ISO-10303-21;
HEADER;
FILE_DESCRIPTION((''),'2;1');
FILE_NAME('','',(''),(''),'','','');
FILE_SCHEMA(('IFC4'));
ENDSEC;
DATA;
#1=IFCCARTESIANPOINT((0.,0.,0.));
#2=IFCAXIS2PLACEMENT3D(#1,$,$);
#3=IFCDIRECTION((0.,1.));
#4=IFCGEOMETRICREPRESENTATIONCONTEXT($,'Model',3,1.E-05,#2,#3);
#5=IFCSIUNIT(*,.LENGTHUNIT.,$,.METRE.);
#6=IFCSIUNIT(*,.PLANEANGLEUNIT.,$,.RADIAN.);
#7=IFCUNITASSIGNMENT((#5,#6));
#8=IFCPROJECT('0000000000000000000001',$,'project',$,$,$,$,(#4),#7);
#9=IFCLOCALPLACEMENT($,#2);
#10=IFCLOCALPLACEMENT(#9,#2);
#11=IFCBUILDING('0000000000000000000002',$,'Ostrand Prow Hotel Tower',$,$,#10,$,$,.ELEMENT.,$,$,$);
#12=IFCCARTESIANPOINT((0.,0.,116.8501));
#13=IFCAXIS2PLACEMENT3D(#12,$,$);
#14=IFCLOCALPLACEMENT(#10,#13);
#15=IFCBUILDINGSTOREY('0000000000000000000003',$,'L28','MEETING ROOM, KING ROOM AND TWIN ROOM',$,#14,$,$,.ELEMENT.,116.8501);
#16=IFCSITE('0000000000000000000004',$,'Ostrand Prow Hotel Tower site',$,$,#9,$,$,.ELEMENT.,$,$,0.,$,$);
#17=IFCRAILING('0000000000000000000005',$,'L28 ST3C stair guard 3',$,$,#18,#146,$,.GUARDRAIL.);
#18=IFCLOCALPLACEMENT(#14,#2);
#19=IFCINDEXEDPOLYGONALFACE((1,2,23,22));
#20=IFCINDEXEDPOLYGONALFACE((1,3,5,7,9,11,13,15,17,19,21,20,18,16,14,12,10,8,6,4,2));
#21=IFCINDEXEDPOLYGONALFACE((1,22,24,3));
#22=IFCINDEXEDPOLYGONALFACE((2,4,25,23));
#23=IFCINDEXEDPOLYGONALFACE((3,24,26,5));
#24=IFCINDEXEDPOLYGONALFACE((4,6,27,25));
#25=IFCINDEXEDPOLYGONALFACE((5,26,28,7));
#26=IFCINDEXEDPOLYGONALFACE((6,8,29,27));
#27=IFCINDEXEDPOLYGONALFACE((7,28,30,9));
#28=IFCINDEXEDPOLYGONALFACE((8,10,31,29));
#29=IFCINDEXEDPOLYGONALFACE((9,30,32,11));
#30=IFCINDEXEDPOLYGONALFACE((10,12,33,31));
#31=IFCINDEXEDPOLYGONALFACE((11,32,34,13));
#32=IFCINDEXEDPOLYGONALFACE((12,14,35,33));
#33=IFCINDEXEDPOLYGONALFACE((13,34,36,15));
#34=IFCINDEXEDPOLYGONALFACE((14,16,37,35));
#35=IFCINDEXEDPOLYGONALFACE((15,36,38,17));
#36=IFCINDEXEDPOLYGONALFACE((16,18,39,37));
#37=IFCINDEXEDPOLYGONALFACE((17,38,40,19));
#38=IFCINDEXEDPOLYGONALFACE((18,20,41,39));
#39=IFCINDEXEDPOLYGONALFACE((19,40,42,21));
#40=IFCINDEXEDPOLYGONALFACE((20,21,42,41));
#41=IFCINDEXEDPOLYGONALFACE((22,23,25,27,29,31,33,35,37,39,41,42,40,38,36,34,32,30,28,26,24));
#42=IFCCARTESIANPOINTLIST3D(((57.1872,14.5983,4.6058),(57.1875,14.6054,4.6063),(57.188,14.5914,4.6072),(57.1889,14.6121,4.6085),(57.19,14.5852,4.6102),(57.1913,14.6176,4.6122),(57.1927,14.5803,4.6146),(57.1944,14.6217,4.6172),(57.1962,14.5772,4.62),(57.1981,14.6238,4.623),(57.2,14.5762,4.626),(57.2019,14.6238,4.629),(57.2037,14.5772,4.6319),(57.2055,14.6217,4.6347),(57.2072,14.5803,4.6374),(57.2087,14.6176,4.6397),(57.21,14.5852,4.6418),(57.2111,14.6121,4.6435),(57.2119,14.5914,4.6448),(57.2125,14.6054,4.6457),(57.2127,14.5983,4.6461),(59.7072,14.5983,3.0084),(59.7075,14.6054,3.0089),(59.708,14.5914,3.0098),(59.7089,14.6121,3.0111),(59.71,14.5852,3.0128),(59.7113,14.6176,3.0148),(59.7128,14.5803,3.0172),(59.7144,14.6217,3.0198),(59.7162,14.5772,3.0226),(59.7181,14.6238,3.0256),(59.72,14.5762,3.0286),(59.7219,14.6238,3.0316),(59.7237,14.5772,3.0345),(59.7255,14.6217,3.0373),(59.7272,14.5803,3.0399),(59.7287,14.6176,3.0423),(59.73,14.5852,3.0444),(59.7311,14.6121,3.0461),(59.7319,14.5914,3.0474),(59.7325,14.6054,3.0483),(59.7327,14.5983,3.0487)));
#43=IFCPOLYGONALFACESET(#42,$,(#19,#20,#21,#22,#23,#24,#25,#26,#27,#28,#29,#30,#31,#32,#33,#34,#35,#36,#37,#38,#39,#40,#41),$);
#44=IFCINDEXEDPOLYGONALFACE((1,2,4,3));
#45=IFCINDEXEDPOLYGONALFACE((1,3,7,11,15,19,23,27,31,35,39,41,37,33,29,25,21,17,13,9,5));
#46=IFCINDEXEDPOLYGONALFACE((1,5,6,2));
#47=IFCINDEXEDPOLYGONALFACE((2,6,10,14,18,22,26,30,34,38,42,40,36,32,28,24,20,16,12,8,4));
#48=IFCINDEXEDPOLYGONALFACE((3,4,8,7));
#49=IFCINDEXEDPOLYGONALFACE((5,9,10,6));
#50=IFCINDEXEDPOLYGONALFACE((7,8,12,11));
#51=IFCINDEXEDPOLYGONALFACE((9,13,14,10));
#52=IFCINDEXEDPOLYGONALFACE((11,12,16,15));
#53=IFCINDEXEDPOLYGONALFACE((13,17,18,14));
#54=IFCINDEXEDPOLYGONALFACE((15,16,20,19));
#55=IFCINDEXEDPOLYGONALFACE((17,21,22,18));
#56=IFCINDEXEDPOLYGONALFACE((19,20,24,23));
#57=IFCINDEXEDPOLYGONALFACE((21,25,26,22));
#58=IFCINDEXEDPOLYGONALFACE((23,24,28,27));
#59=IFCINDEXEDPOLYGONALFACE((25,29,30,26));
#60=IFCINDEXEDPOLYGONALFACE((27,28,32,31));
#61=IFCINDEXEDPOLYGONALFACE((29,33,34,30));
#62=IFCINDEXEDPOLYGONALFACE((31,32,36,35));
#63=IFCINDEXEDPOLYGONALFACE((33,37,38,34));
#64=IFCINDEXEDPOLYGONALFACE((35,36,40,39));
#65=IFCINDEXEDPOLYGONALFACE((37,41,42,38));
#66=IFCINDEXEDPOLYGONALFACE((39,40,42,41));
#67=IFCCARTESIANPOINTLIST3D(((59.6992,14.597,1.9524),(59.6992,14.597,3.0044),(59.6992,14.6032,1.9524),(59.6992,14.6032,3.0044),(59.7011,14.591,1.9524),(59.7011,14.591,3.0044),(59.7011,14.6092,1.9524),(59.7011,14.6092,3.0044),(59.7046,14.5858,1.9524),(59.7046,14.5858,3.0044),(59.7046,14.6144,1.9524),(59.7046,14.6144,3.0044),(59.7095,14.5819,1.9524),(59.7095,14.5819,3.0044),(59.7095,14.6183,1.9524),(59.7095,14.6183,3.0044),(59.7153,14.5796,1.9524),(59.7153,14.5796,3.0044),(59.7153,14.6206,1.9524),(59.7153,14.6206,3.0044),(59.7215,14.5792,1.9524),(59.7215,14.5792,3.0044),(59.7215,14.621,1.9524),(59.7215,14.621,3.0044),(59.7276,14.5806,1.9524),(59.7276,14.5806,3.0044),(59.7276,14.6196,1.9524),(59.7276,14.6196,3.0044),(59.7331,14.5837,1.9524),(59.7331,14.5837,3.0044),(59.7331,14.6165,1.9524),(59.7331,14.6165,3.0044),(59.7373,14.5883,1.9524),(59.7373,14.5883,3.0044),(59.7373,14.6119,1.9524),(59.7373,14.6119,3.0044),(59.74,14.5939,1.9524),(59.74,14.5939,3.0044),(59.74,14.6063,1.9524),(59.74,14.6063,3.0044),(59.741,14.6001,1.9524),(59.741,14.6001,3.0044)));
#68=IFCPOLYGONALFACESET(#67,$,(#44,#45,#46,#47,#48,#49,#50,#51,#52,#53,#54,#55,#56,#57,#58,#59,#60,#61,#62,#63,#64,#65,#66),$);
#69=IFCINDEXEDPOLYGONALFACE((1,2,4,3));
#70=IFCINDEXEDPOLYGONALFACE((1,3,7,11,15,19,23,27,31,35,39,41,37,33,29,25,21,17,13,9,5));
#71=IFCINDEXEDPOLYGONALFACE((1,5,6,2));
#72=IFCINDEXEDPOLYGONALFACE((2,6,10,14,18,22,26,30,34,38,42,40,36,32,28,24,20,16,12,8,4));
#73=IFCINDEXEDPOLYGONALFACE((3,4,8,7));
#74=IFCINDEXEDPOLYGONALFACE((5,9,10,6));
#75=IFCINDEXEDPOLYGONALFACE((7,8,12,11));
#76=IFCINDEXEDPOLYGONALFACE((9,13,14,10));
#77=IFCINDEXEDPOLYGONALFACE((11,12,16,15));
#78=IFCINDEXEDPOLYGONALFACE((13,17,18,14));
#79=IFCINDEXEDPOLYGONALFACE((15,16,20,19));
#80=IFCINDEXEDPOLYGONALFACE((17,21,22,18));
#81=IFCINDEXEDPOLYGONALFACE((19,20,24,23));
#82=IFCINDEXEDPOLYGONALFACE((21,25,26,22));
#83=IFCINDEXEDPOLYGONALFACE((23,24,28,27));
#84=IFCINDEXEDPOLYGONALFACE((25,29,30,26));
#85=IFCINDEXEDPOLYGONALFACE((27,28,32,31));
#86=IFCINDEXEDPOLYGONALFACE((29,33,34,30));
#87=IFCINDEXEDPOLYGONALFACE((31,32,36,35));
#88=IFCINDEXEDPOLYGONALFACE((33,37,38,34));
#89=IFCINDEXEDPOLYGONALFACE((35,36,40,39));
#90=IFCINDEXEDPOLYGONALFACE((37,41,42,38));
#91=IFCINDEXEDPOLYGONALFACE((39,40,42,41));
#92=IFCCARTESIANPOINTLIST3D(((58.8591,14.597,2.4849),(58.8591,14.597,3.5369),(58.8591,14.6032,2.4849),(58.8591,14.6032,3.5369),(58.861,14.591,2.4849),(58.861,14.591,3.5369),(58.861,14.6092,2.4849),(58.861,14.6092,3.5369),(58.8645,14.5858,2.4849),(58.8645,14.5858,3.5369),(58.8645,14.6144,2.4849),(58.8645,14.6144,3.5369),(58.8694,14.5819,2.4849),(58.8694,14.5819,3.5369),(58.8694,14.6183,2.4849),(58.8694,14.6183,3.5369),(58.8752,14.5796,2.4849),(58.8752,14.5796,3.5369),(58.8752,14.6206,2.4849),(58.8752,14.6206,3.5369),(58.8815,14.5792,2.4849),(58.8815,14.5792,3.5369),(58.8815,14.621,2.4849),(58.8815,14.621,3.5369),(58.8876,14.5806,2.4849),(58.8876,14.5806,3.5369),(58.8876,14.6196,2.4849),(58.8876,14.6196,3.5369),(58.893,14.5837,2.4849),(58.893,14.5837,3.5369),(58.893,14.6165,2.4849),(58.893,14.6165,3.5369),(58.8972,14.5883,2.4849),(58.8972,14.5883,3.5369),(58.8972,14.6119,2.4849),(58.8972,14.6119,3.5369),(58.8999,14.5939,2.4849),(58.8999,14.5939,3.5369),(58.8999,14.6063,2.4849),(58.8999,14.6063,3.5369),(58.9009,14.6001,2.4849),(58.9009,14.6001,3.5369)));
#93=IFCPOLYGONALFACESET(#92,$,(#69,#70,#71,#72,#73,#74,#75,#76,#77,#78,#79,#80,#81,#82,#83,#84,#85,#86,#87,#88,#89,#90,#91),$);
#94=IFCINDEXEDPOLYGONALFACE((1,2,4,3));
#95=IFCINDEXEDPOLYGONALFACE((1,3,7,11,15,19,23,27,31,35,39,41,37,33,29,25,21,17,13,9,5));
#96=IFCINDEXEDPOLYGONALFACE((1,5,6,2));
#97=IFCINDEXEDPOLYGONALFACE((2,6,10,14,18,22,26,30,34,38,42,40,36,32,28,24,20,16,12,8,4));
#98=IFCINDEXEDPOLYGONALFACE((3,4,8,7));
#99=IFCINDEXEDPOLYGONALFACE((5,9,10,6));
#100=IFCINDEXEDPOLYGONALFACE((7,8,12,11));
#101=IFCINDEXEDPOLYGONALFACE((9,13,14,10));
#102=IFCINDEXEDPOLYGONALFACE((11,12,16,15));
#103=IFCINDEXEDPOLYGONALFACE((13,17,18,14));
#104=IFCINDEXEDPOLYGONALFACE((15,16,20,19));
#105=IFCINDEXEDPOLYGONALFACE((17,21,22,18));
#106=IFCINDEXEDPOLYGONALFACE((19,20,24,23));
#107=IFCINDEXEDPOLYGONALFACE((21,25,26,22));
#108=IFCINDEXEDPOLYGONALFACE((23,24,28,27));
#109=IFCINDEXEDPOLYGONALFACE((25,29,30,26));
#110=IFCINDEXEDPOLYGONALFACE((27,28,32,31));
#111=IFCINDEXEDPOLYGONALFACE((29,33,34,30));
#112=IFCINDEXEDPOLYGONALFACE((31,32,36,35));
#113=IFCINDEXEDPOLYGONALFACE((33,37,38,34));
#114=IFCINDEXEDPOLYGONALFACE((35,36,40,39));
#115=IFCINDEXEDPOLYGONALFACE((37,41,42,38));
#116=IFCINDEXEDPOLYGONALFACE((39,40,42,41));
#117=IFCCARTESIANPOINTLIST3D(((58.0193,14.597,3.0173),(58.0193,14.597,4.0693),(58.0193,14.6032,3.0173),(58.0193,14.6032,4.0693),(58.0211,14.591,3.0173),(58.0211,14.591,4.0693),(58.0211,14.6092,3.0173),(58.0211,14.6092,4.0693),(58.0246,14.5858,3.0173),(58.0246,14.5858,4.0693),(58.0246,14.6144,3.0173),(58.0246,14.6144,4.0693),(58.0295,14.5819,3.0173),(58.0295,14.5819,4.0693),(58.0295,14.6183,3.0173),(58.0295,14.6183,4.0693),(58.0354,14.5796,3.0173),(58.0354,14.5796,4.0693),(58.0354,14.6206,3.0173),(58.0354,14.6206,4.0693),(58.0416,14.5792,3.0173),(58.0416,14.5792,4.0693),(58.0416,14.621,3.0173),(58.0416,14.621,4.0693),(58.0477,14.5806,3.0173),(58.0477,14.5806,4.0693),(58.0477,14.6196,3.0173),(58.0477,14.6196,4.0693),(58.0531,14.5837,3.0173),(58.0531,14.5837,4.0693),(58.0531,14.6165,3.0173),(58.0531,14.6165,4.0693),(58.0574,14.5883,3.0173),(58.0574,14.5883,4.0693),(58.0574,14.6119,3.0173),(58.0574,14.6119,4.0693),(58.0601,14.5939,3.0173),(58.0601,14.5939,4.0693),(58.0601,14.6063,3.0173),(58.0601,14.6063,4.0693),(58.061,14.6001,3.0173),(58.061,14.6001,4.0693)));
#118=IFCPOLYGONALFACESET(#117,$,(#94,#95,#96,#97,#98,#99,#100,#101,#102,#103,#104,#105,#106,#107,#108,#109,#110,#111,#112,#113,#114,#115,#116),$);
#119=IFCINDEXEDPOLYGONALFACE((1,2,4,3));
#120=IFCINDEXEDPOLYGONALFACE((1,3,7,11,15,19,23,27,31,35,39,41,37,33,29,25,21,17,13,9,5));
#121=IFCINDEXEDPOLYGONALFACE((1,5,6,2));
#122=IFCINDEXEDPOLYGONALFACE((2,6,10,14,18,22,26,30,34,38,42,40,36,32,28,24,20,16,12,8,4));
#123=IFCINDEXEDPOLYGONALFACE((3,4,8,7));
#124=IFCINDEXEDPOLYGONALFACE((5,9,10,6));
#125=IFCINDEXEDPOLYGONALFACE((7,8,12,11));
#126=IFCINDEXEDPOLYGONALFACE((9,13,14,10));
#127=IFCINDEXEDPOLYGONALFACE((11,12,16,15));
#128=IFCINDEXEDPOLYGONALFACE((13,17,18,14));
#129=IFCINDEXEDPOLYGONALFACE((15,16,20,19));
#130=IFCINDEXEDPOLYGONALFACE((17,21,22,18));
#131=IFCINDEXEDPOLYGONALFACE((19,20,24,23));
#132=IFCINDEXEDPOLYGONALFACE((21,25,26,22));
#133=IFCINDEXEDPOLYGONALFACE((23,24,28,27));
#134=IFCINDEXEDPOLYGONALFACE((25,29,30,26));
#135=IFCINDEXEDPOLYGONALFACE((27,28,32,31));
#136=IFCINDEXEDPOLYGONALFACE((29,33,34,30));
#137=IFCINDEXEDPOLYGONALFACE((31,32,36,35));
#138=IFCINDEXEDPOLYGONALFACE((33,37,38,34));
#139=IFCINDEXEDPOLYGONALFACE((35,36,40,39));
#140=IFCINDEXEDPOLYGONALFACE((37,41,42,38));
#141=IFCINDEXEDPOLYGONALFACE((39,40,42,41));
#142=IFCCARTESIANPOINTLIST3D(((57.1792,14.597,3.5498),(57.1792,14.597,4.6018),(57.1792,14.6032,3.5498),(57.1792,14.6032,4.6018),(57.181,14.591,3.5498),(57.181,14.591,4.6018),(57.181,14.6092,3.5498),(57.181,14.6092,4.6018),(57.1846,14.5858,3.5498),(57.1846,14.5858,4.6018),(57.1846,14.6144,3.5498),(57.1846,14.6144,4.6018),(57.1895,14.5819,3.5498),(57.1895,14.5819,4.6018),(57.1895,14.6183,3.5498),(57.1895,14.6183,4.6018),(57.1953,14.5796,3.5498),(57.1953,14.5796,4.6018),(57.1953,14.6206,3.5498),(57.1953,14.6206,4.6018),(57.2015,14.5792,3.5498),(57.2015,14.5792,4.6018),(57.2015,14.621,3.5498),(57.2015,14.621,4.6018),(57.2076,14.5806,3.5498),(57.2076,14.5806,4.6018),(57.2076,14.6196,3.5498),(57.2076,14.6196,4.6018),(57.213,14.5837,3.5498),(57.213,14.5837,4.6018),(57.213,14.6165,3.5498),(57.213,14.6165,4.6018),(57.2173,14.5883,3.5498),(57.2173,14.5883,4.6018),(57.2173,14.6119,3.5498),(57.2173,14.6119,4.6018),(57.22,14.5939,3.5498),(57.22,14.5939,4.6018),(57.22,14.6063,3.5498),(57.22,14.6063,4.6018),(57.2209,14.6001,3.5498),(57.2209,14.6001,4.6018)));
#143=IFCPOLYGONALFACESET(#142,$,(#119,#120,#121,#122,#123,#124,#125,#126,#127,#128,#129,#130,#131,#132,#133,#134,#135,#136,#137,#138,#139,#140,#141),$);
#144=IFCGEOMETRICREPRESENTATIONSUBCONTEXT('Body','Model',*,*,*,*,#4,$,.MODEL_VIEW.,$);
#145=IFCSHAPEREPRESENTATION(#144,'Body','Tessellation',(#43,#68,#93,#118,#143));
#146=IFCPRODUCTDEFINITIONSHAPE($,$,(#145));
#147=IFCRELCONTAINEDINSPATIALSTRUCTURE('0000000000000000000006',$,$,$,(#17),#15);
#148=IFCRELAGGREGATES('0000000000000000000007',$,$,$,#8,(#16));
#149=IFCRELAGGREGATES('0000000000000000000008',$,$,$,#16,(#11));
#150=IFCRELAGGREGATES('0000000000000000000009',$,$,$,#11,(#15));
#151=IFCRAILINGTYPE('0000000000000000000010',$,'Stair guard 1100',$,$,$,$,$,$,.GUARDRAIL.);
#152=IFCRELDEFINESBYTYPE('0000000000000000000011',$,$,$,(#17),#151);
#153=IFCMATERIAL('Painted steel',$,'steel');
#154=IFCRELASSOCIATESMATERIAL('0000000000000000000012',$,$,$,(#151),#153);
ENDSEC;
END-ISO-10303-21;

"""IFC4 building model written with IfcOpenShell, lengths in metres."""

from ifc_helpers import new_model, si_unit, direction, frame, origin, origin_2d, place, context, subcontext, project, spatial, circle, extrude, material, type_object, element, save


model = new_model("IFC4")

# Units and contexts
model_context = context("Model", 3, precision=1e-05, world=origin(), true_north=direction((0.0, 1.0)))
body_context = subcontext(model_context, "Body", "Model", "MODEL_VIEW")
ifc_project = project(units=[si_unit("LENGTHUNIT", "METRE"), si_unit("PLANEANGLEUNIT", "RADIAN")], contexts=[model_context])

# Site, building, storey
site_placement = place(None, origin())
site = spatial("IfcSite", under=ifc_project, at=site_placement, Name="Ostrand Prow Hotel Tower site", CompositionType="ELEMENT", RefElevation=0.0)
building_placement = place(site_placement, origin())
building = spatial("IfcBuilding", under=site, at=building_placement, Name="Ostrand Prow Hotel Tower", CompositionType="ELEMENT")
storey_placement = place(building_placement, frame((0.0, 0.0, 116.8501)))
storey = spatial("IfcBuildingStorey", under=building, at=storey_placement, Name="L28", Description="MEETING ROOM, KING ROOM AND TWIN ROOM", CompositionType="ELEMENT", Elevation=116.8501)

# Railing
ifc_material_1 = material(Name="Painted steel", Category="steel")
railing_type_1 = type_object("IfcRailingType", Name="Stair guard 1100", PredefinedType="GUARDRAIL", material=ifc_material_1)
railing_1_placement = place(storey_placement, frame((59.72, 14.6001, 1.9524)))
element("IfcRailing", 1, at=railing_1_placement, inside=storey, type_object=railing_type_1, Name="L28 ST3C stair guard 3", PredefinedType="GUARDRAIL", context=body_context, shape_type="SweptSolid", body=[
    extrude(circle(Radius=0.0239, at=origin_2d()), frame((0.0, 0.0, 1.0762), z_axis=(-0.844607, 0.0, 0.535387), x_axis=(0.0, -1.0, 0.0)), (0.0, 0.0, 1.0), 2.9836),
    extrude(circle(Radius=0.021, at=origin_2d()), origin(), (0.0, 0.0, 1.0), 1.052),
    extrude(circle(Radius=0.021, at=origin_2d()), frame((-0.8401, 0.0, 0.5325)), (0.0, 0.0, 1.0), 1.052),
    extrude(circle(Radius=0.021, at=origin_2d()), frame((-1.6799, 0.0, 1.0649)), (0.0, 0.0, 1.0), 1.052),
    extrude(circle(Radius=0.021, at=origin_2d()), frame((-2.52, 0.0, 1.5974)), (0.0, 0.0, 1.0), 1.052),
])

save(model, "model.ifc")
